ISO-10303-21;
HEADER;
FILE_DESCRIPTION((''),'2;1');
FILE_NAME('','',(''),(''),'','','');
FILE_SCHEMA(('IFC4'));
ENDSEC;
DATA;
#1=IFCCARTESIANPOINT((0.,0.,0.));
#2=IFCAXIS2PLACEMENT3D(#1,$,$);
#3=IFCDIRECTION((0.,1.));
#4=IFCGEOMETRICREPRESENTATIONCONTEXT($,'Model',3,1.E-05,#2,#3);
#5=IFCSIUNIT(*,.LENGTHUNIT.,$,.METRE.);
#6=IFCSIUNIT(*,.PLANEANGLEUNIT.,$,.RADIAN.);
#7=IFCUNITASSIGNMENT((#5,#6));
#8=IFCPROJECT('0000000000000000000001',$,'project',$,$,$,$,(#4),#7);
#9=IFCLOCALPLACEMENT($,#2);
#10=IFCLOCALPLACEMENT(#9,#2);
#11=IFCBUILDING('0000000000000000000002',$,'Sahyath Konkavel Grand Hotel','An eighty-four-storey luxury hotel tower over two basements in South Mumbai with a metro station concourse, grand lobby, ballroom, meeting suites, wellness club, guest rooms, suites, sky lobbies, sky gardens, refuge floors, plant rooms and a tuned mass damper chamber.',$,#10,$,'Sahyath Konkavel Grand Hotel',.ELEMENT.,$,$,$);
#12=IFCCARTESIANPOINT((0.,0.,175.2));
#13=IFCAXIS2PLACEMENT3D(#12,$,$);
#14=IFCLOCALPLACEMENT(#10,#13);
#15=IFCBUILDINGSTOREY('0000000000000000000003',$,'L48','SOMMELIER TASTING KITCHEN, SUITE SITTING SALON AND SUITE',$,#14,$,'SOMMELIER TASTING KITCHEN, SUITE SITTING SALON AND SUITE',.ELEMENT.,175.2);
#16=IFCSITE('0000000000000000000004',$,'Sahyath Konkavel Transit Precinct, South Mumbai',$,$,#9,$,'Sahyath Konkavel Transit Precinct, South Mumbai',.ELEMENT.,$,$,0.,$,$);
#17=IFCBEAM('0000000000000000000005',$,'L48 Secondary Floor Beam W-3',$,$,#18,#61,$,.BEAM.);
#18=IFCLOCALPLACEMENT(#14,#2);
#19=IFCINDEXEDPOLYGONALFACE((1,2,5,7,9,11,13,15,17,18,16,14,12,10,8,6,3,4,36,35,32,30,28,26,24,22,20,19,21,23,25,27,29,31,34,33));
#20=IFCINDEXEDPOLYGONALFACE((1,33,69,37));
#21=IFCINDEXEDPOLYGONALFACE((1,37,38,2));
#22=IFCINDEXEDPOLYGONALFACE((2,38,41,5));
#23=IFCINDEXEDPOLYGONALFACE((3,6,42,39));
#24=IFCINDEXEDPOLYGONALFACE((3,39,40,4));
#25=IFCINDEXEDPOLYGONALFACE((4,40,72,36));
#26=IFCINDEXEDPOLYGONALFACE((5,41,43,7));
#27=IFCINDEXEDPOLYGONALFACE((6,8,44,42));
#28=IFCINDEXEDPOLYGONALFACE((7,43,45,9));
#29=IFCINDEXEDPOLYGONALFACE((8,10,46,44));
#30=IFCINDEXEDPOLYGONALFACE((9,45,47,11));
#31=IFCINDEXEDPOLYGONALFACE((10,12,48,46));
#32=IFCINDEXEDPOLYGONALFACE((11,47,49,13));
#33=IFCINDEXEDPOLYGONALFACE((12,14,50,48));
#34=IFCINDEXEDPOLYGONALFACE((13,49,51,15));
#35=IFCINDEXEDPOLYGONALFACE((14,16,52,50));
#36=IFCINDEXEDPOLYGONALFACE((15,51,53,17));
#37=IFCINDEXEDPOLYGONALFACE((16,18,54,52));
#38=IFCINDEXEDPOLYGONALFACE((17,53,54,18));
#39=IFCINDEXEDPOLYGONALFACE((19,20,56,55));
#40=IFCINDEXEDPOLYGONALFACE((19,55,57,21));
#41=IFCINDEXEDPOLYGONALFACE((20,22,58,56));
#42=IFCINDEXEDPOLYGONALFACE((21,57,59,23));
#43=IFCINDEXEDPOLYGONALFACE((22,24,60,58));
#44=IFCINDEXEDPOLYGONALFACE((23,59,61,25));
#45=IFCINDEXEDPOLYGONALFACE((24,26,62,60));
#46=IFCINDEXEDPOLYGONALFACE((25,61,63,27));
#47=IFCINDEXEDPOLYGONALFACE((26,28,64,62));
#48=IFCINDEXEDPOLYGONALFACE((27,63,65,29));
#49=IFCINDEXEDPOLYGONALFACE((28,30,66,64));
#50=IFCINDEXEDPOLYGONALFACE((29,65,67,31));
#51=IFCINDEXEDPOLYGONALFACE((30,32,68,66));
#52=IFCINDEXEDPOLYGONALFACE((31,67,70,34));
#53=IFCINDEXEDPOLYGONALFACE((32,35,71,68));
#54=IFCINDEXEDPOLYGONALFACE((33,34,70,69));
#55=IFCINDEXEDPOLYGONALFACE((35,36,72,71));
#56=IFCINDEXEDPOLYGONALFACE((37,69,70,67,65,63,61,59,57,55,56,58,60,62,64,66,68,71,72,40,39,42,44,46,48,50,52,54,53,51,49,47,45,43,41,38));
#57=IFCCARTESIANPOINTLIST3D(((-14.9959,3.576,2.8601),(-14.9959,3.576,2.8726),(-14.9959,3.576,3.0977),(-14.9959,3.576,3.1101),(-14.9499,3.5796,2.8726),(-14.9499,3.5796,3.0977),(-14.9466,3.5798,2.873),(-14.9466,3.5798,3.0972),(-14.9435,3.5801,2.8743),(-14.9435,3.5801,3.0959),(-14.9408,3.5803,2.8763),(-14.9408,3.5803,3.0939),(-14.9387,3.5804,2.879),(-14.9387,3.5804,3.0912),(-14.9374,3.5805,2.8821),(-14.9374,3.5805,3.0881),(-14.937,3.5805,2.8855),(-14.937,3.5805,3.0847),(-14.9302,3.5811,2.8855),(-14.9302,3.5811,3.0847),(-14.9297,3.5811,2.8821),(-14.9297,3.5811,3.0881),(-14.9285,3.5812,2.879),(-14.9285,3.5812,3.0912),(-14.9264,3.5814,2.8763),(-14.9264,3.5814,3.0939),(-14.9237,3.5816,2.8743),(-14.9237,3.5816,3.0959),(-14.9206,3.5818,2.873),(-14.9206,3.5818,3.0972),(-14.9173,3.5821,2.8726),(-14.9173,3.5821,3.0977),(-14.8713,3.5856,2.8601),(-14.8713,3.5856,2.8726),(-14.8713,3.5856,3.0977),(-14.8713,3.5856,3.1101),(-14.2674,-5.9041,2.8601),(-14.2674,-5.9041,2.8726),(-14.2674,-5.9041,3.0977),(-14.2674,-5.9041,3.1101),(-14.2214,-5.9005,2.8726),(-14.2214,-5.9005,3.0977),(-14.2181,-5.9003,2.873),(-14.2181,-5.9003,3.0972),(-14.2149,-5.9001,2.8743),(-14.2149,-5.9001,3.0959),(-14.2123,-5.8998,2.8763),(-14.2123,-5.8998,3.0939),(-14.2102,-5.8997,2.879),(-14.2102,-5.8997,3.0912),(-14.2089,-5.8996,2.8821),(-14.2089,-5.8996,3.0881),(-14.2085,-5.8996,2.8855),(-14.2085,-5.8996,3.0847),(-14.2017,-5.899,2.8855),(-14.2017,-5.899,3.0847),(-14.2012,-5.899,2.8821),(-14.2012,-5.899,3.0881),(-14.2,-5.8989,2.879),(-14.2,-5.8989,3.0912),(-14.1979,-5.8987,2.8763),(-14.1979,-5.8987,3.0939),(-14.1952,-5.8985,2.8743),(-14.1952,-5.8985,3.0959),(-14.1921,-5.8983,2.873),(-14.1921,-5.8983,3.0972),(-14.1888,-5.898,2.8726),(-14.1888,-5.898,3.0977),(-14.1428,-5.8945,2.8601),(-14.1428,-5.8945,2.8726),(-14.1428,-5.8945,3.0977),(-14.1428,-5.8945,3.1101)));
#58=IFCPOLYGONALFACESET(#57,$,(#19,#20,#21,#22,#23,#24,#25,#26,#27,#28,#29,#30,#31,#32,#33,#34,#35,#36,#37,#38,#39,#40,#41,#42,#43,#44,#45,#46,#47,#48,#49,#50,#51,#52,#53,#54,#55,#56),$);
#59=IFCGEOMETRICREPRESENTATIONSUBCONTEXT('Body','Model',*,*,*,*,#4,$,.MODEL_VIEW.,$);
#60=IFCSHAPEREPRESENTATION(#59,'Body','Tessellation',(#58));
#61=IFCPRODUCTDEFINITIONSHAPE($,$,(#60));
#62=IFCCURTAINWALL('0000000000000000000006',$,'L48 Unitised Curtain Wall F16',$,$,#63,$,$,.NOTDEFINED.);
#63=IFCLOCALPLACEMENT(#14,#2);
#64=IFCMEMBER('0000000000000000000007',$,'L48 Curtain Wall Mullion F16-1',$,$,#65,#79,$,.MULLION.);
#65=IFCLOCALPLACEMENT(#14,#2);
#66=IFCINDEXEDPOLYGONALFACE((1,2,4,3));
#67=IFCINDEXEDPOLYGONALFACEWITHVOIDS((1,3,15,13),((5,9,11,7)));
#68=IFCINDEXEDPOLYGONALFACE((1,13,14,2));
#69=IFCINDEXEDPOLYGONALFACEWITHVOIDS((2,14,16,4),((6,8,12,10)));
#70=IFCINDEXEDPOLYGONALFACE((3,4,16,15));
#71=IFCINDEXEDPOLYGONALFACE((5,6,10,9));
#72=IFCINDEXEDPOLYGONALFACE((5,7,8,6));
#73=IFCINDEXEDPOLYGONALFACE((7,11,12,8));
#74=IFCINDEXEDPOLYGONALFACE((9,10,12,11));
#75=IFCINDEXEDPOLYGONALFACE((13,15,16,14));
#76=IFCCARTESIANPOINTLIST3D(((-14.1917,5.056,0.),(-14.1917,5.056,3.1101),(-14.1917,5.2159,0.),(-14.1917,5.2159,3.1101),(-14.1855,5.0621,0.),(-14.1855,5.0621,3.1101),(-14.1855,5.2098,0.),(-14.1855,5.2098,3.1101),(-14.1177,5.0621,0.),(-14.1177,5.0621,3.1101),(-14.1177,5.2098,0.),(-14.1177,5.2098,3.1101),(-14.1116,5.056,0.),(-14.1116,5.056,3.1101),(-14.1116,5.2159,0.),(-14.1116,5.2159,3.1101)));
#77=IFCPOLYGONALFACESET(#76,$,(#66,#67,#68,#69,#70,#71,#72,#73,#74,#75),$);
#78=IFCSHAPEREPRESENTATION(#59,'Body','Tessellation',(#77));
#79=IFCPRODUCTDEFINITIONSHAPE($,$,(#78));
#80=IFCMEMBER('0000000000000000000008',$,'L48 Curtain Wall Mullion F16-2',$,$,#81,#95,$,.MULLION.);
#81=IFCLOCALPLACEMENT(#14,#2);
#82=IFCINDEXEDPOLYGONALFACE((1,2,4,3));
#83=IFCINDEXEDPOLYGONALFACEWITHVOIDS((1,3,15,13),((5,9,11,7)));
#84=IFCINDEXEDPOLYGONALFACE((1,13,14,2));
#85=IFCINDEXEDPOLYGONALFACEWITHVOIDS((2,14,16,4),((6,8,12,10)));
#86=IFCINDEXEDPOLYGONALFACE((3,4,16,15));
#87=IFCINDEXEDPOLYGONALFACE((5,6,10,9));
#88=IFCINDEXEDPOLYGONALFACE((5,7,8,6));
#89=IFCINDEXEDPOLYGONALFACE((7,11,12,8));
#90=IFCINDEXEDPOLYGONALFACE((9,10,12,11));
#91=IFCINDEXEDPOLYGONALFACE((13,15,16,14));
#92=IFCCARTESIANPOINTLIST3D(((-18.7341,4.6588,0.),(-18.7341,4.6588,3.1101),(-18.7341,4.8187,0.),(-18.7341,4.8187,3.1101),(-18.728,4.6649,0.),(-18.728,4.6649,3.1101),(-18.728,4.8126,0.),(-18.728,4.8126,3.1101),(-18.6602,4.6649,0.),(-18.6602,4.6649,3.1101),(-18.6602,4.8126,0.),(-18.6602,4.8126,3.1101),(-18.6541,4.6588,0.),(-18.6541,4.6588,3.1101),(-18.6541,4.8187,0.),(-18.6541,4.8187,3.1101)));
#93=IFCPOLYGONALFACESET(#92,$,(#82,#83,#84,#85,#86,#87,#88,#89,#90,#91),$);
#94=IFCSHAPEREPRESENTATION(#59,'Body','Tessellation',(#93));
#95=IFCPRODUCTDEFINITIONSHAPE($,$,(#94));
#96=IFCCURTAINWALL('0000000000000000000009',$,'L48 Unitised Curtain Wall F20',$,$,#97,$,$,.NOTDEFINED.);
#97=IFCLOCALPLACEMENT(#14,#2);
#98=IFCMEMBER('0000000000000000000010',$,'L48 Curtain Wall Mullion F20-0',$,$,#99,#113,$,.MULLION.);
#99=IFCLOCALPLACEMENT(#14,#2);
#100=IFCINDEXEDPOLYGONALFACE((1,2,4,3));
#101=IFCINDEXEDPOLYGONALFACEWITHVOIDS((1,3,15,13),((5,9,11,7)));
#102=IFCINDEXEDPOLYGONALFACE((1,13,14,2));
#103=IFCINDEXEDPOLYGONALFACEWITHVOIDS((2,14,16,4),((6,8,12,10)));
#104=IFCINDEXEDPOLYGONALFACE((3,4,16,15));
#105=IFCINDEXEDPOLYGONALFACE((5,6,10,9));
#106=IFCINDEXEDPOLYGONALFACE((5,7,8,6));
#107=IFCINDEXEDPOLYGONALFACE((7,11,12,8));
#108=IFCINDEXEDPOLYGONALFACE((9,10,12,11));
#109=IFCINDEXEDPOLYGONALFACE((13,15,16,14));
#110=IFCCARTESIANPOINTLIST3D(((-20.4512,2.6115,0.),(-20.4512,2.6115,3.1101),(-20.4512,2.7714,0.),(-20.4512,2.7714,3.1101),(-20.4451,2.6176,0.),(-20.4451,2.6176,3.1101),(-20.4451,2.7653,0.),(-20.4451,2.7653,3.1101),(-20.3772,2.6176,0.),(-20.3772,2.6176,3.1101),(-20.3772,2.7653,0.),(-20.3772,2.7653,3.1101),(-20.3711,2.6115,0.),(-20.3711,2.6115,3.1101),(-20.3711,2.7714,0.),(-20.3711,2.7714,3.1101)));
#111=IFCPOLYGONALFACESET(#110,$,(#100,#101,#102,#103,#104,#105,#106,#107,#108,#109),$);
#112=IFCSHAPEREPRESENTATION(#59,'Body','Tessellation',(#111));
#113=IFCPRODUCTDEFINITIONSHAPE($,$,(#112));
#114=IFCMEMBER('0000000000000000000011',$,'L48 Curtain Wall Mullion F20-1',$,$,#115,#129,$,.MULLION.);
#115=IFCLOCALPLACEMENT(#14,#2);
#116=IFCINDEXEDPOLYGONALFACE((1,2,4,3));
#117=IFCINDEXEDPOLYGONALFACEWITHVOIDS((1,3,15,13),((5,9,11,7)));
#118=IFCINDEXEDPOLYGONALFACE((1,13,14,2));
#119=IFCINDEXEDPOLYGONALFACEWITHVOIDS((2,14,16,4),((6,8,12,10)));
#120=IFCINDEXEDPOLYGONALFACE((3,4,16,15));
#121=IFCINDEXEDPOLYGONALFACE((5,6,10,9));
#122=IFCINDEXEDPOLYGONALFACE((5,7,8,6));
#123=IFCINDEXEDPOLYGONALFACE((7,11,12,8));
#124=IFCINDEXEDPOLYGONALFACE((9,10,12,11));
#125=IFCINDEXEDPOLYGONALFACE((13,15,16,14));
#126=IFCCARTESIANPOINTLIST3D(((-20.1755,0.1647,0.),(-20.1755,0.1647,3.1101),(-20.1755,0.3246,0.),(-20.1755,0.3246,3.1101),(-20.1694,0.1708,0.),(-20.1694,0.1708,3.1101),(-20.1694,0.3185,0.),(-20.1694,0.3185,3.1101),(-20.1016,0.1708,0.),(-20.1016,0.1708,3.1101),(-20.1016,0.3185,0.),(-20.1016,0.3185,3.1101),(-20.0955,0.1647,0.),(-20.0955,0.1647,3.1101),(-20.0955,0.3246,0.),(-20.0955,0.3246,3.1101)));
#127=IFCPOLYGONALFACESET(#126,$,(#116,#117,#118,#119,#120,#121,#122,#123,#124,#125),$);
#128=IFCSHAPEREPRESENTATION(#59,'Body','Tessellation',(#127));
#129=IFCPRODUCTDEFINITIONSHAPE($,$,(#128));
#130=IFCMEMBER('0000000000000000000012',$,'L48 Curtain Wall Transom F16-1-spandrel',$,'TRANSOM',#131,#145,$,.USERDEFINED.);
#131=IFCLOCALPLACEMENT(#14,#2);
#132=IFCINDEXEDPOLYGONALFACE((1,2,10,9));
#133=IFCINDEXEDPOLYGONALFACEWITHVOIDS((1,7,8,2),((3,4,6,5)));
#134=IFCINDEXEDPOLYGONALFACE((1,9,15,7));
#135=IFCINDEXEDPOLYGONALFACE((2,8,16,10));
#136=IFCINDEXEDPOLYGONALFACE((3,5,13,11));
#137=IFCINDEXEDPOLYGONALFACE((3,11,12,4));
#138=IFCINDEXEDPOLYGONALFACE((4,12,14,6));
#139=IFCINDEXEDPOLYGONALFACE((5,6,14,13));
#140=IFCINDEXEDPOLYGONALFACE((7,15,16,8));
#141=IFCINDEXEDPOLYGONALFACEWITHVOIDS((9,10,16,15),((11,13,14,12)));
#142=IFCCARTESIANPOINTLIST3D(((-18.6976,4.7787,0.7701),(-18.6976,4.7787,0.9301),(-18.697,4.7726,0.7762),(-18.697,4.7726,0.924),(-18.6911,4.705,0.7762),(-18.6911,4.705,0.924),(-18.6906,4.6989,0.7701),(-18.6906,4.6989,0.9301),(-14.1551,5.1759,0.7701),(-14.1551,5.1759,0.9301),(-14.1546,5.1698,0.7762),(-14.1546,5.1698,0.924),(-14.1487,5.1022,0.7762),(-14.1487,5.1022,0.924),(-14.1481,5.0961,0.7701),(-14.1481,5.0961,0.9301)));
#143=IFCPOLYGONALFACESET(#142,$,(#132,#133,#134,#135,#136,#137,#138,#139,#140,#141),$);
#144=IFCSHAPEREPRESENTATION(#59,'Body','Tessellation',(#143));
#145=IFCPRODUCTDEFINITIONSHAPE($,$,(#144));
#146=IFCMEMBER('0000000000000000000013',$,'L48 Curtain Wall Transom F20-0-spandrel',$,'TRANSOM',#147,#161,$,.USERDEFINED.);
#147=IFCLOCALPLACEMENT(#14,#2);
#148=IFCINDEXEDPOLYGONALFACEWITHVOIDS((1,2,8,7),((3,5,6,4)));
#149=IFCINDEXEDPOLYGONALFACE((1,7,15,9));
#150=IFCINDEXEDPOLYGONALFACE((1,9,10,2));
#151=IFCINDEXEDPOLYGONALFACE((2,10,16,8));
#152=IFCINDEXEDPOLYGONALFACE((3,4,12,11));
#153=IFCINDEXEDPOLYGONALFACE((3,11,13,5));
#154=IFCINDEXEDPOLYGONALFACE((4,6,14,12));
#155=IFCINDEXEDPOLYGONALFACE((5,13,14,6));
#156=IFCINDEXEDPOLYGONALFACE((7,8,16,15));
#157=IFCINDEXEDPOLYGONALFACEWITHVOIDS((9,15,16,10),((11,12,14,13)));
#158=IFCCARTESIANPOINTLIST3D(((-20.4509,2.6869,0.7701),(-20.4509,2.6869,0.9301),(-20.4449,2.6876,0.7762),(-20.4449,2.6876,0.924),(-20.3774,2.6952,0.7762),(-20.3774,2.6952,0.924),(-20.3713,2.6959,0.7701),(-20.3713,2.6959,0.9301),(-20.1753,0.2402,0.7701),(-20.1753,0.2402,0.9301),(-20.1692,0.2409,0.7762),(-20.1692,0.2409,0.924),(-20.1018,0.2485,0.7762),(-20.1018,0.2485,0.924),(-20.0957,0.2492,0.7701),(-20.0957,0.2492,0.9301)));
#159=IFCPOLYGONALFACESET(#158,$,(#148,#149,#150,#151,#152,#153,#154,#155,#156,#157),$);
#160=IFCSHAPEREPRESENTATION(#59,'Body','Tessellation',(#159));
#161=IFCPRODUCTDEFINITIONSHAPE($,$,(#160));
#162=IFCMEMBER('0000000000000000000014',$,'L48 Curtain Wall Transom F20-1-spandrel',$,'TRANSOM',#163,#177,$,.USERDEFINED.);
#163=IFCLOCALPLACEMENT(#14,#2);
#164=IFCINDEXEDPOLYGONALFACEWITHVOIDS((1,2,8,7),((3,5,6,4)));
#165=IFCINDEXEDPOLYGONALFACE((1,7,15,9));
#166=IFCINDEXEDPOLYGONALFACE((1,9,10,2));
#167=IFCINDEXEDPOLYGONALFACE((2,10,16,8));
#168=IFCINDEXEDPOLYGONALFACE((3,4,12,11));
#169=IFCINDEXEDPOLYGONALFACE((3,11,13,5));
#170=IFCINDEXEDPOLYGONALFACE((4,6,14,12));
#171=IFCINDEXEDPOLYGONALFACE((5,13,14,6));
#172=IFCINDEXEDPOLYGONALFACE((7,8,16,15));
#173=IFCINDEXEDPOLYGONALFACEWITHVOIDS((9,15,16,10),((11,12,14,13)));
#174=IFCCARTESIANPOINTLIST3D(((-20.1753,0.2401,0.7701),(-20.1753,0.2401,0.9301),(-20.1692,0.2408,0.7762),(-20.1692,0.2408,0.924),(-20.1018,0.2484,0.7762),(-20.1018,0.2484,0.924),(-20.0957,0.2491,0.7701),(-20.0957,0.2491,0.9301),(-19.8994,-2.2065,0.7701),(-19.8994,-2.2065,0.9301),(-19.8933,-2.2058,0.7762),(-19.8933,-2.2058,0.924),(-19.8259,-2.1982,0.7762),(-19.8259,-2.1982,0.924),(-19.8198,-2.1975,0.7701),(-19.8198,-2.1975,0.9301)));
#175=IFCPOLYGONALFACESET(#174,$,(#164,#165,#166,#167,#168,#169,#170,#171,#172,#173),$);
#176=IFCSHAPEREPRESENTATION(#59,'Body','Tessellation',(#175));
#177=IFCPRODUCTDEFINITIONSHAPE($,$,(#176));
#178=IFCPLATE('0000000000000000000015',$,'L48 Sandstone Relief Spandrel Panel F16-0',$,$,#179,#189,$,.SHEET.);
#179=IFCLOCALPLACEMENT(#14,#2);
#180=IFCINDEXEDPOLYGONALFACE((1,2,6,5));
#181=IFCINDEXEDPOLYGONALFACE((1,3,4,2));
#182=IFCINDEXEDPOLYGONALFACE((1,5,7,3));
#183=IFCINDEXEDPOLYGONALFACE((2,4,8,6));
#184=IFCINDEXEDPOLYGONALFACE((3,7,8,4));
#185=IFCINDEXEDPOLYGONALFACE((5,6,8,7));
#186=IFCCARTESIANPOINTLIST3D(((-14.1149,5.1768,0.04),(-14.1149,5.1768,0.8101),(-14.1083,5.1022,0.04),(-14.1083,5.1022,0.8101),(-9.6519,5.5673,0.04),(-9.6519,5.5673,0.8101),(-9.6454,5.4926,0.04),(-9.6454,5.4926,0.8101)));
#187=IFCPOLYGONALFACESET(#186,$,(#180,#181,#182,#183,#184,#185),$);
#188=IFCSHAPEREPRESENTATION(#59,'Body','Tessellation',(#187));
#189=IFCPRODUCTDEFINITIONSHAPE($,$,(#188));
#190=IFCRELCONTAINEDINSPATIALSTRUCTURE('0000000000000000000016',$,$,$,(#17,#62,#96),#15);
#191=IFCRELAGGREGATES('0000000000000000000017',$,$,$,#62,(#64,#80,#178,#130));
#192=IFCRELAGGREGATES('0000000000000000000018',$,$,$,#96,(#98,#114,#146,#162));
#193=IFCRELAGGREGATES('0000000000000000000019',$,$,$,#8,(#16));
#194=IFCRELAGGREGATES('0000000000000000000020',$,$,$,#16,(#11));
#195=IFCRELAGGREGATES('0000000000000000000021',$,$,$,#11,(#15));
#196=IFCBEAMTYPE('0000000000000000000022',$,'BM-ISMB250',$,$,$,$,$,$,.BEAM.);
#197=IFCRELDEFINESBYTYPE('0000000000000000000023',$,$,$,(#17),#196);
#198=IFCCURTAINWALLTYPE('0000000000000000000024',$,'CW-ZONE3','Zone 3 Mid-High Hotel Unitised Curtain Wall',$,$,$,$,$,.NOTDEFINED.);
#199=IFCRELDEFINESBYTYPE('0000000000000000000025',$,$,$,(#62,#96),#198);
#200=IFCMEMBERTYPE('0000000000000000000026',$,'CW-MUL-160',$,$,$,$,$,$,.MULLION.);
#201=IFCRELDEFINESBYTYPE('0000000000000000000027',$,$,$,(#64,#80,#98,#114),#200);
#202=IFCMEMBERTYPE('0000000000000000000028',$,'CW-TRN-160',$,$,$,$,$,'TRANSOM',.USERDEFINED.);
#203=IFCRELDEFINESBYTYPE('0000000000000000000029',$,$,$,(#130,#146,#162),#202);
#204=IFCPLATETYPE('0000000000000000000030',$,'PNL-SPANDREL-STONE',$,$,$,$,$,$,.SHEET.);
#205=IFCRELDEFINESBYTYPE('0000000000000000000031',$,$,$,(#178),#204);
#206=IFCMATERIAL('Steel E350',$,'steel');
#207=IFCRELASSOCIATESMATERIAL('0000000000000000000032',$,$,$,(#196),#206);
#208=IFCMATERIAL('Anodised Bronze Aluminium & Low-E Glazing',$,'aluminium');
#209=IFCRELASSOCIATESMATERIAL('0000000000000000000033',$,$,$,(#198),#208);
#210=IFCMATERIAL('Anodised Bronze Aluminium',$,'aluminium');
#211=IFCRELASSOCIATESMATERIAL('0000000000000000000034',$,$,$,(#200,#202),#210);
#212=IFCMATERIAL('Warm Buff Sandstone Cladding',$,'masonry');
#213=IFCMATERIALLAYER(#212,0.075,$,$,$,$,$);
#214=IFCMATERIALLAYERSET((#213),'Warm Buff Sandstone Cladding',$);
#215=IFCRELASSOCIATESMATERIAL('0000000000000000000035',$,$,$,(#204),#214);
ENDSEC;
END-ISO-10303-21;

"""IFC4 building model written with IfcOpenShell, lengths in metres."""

from ifc_helpers import new_model, si_unit, direction, frame, origin, origin_2d, place, context, subcontext, project, spatial, rectangle, hollow_rectangle, i_section, extrude, source, transform, mapped, material, layer, layer_set, material_profile, profile_set, type_object, element, aggregate, save


model = new_model("IFC4")

# Units and contexts
model_context = context("Model", 3, precision=1e-05, world=origin(), true_north=direction((0.0, 1.0)))
body_context = subcontext(model_context, "Body", "Model", "MODEL_VIEW")
ifc_project = project(units=[si_unit("LENGTHUNIT", "METRE"), si_unit("PLANEANGLEUNIT", "RADIAN")], contexts=[model_context])

# Site, building, storey
site_placement = place(None, origin())
site = spatial("IfcSite", under=ifc_project, at=site_placement, Name="Sahyath Konkavel Transit Precinct, South Mumbai", LongName="Sahyath Konkavel Transit Precinct, South Mumbai", CompositionType="ELEMENT", RefElevation=0.0)
building_placement = place(site_placement, origin())
building = spatial("IfcBuilding", under=site, at=building_placement, Name="Sahyath Konkavel Grand Hotel", Description="An eighty-four-storey luxury hotel tower over two basements in South Mumbai with a metro station concourse, grand lobby, ballroom, meeting suites, wellness club, guest rooms, suites, sky lobbies, sky gardens, refuge floors, plant rooms and a tuned mass damper chamber.", LongName="Sahyath Konkavel Grand Hotel", CompositionType="ELEMENT")
storey_placement = place(building_placement, frame((0.0, 0.0, 175.2)))
storey = spatial("IfcBuildingStorey", under=building, at=storey_placement, Name="L48", Description="SOMMELIER TASTING KITCHEN, SUITE SITTING SALON AND SUITE", LongName="SOMMELIER TASTING KITCHEN, SUITE SITTING SALON AND SUITE", CompositionType="ELEMENT", Elevation=175.2)

# Beam
ifc_material_1 = material(Name="Steel E350", Category="steel")
ifc_material_profile_1 = material_profile(ifc_material_1, i_section(OverallWidth=0.125, OverallDepth=0.25, WebThickness=0.0068, FlangeThickness=0.0125, FilletRadius=0.0129, at=origin_2d()), Name="ISMB 250")
ifc_profile_set_1 = profile_set([ifc_material_profile_1], Name="Steel E350")
beam_type_1 = type_object("IfcBeamType", Name="BM-ISMB250", PredefinedType="BEAM", material=ifc_profile_set_1)
shared_shape_1 = source(origin(), body_context, "Body", "SweptSolid", [
    extrude(i_section(OverallWidth=0.125, OverallDepth=0.25, WebThickness=0.0068, FlangeThickness=0.0125, FilletRadius=0.0129, at=origin_2d()), origin(), (0.0, 0.0, 1.0), 9.5081),
])
beam_1_placement = place(storey_placement, frame((-14.9336, 3.5808, 2.9851), z_axis=(0.07662, -0.99706, 0.0), x_axis=(0.99706, 0.07662, 0.0)))
element("IfcBeam", 1, at=beam_1_placement, inside=storey, type_object=beam_type_1, Name="L48 Secondary Floor Beam W-3", PredefinedType="BEAM", context=body_context, shape_type="MappedRepresentation", body=[
    mapped(shared_shape_1, transform((0.0, 0.0, 0.0), scale=1.0)),
])

# Curtain walls, members
ifc_material_2 = material(Name="Anodised Bronze Aluminium & Low-E Glazing", Category="aluminium")
curtain_wall_type = type_object("IfcCurtainWallType", Name="CW-ZONE3", Description="Zone 3 Mid-High Hotel Unitised Curtain Wall", PredefinedType="NOTDEFINED", material=ifc_material_2)
curtain_wall_1_placement = place(storey_placement, origin())
curtain_wall_1 = element("IfcCurtainWall", 2, at=curtain_wall_1_placement, inside=storey, type_object=curtain_wall_type, Name="L48 Unitised Curtain Wall F16", PredefinedType="NOTDEFINED")
ifc_material_3 = material(Name="Anodised Bronze Aluminium", Category="aluminium")
ifc_material_profile_2 = material_profile(ifc_material_3, hollow_rectangle(XDim=0.0801, YDim=0.1599, WallThickness=0.0061, at=origin_2d()), Name="RHS 160x80x6")
ifc_profile_set_2 = profile_set([ifc_material_profile_2], Name="Anodised Bronze Aluminium")
member_type_1 = type_object("IfcMemberType", Name="CW-MUL-160", PredefinedType="MULLION", material=ifc_profile_set_2)
shared_shape_2 = source(origin(), body_context, "Body", "SweptSolid", [
    extrude(hollow_rectangle(XDim=0.0801, YDim=0.1599, WallThickness=0.0061, at=origin_2d()), origin(), (0.0, 0.0, 1.0), 3.1101),
])
member_1_placement = place(storey_placement, frame((-14.1516, 5.136, 0.0), z_axis=(0.0, 0.0, 1.0), x_axis=(1.0, 0.0, 0.0)))
member_1 = element("IfcMember", 3, at=member_1_placement, type_object=member_type_1, Name="L48 Curtain Wall Mullion F16-1", PredefinedType="MULLION", context=body_context, shape_type="MappedRepresentation", body=[
    mapped(shared_shape_2, transform((0.0, 0.0, 0.0), scale=1.0)),
])
member_2_placement = place(storey_placement, frame((-18.6941, 4.7388, 0.0), z_axis=(0.0, 0.0, 1.0), x_axis=(1.0, 0.0, 0.0)))
member_2 = element("IfcMember", 4, at=member_2_placement, type_object=member_type_1, Name="L48 Curtain Wall Mullion F16-2", PredefinedType="MULLION", context=body_context, shape_type="MappedRepresentation", body=[
    mapped(shared_shape_2, transform((0.0, 0.0, 0.0), scale=1.0)),
])
curtain_wall_2_placement = place(storey_placement, origin())
curtain_wall_2 = element("IfcCurtainWall", 5, at=curtain_wall_2_placement, inside=storey, type_object=curtain_wall_type, Name="L48 Unitised Curtain Wall F20", PredefinedType="NOTDEFINED")
member_3_placement = place(storey_placement, frame((-20.4111, 2.6914, 0.0), z_axis=(0.0, 0.0, 1.0), x_axis=(1.0, 0.0, 0.0)))
member_3 = element("IfcMember", 6, at=member_3_placement, type_object=member_type_1, Name="L48 Curtain Wall Mullion F20-0", PredefinedType="MULLION", context=body_context, shape_type="MappedRepresentation", body=[
    mapped(shared_shape_2, transform((0.0, 0.0, 0.0), scale=1.0)),
])
member_4_placement = place(storey_placement, frame((-20.1355, 0.2446, 0.0), z_axis=(0.0, 0.0, 1.0), x_axis=(1.0, 0.0, 0.0)))
member_4 = element("IfcMember", 7, at=member_4_placement, type_object=member_type_1, Name="L48 Curtain Wall Mullion F20-1", PredefinedType="MULLION", context=body_context, shape_type="MappedRepresentation", body=[
    mapped(shared_shape_2, transform((0.0, 0.0, 0.0), scale=1.0)),
])

# Members
ifc_material_profile_3 = material_profile(ifc_material_3, hollow_rectangle(XDim=0.0801, YDim=0.1599, WallThickness=0.0061, at=origin_2d()), Name="RHS 160x80x6")
ifc_profile_set_3 = profile_set([ifc_material_profile_3], Name="Anodised Bronze Aluminium")
member_type_2 = type_object("IfcMemberType", Name="CW-TRN-160", ElementType="TRANSOM", PredefinedType="USERDEFINED", material=ifc_profile_set_3)
shared_shape_3 = source(origin(), body_context, "Body", "SweptSolid", [
    extrude(hollow_rectangle(XDim=0.0801, YDim=0.1599, WallThickness=0.0061, at=origin_2d()), origin(), (0.0, 0.0, 1.0), 4.5598),
])
member_5_placement = place(storey_placement, frame((-14.1516, 5.136, 0.8501), z_axis=(-0.996198, -0.087112, 0.0), x_axis=(0.087112, -0.996198, 0.0)))
member_5 = element("IfcMember", 8, at=member_5_placement, type_object=member_type_2, Name="L48 Curtain Wall Transom F16-1-spandrel", ObjectType="TRANSOM", PredefinedType="USERDEFINED", context=body_context, shape_type="MappedRepresentation", body=[
    mapped(shared_shape_3, transform((0.0, 0.0, 0.0), scale=1.0)),
])
shared_shape_4 = source(origin(), body_context, "Body", "SweptSolid", [
    extrude(hollow_rectangle(XDim=0.0801, YDim=0.1599, WallThickness=0.0061, at=origin_2d()), origin(), (0.0, 0.0, 1.0), 2.4622),
])
member_6_placement = place(storey_placement, frame((-20.4111, 2.6914, 0.8501), z_axis=(0.111944, -0.993715, 0.0), x_axis=(0.993715, 0.111944, 0.0)))
member_6 = element("IfcMember", 9, at=member_6_placement, type_object=member_type_2, Name="L48 Curtain Wall Transom F20-0-spandrel", ObjectType="TRANSOM", PredefinedType="USERDEFINED", context=body_context, shape_type="MappedRepresentation", body=[
    mapped(shared_shape_4, transform((0.0, 0.0, 0.0), scale=1.0)),
])
member_7_placement = place(storey_placement, frame((-20.1355, 0.2446, 0.8501), z_axis=(0.112053, -0.993702, 0.0), x_axis=(0.993702, 0.112053, 0.0)))
member_7 = element("IfcMember", 10, at=member_7_placement, type_object=member_type_2, Name="L48 Curtain Wall Transom F20-1-spandrel", ObjectType="TRANSOM", PredefinedType="USERDEFINED", context=body_context, shape_type="MappedRepresentation", body=[
    mapped(shared_shape_4, transform((0.0, 0.0, 0.0), scale=1.0)),
])

# Plate
ifc_material_4 = material(Name="Warm Buff Sandstone Cladding", Category="masonry")
ifc_layer_1 = layer(ifc_material_4, 0.075)
ifc_layer_set_1 = layer_set([ifc_layer_1], Name="Warm Buff Sandstone Cladding")
plate_type_1 = type_object("IfcPlateType", Name="PNL-SPANDREL-STONE", PredefinedType="SHEET", material=ifc_layer_set_1)
shared_shape_5 = source(origin(), body_context, "Body", "SweptSolid", [
    extrude(rectangle(XDim=4.48, YDim=0.075, at=origin_2d()), origin(), (0.0, 0.0, 1.0), 0.77),
])
plate_1_placement = place(storey_placement, frame((-11.8801, 5.3347, 0.04), z_axis=(0.0, 0.0, 1.0), x_axis=(-0.996195, -0.087156, 0.0)))
plate_1 = element("IfcPlate", 11, at=plate_1_placement, type_object=plate_type_1, Name="L48 Sandstone Relief Spandrel Panel F16-0", PredefinedType="SHEET", context=body_context, shape_type="MappedRepresentation", body=[
    mapped(shared_shape_5, transform((0.0, 0.0, 0.0), scale=1.0)),
])
aggregate(curtain_wall_1, [member_1, member_2, plate_1, member_5])
aggregate(curtain_wall_2, [member_3, member_4, member_6, member_7])

save(model, "model.ifc")
